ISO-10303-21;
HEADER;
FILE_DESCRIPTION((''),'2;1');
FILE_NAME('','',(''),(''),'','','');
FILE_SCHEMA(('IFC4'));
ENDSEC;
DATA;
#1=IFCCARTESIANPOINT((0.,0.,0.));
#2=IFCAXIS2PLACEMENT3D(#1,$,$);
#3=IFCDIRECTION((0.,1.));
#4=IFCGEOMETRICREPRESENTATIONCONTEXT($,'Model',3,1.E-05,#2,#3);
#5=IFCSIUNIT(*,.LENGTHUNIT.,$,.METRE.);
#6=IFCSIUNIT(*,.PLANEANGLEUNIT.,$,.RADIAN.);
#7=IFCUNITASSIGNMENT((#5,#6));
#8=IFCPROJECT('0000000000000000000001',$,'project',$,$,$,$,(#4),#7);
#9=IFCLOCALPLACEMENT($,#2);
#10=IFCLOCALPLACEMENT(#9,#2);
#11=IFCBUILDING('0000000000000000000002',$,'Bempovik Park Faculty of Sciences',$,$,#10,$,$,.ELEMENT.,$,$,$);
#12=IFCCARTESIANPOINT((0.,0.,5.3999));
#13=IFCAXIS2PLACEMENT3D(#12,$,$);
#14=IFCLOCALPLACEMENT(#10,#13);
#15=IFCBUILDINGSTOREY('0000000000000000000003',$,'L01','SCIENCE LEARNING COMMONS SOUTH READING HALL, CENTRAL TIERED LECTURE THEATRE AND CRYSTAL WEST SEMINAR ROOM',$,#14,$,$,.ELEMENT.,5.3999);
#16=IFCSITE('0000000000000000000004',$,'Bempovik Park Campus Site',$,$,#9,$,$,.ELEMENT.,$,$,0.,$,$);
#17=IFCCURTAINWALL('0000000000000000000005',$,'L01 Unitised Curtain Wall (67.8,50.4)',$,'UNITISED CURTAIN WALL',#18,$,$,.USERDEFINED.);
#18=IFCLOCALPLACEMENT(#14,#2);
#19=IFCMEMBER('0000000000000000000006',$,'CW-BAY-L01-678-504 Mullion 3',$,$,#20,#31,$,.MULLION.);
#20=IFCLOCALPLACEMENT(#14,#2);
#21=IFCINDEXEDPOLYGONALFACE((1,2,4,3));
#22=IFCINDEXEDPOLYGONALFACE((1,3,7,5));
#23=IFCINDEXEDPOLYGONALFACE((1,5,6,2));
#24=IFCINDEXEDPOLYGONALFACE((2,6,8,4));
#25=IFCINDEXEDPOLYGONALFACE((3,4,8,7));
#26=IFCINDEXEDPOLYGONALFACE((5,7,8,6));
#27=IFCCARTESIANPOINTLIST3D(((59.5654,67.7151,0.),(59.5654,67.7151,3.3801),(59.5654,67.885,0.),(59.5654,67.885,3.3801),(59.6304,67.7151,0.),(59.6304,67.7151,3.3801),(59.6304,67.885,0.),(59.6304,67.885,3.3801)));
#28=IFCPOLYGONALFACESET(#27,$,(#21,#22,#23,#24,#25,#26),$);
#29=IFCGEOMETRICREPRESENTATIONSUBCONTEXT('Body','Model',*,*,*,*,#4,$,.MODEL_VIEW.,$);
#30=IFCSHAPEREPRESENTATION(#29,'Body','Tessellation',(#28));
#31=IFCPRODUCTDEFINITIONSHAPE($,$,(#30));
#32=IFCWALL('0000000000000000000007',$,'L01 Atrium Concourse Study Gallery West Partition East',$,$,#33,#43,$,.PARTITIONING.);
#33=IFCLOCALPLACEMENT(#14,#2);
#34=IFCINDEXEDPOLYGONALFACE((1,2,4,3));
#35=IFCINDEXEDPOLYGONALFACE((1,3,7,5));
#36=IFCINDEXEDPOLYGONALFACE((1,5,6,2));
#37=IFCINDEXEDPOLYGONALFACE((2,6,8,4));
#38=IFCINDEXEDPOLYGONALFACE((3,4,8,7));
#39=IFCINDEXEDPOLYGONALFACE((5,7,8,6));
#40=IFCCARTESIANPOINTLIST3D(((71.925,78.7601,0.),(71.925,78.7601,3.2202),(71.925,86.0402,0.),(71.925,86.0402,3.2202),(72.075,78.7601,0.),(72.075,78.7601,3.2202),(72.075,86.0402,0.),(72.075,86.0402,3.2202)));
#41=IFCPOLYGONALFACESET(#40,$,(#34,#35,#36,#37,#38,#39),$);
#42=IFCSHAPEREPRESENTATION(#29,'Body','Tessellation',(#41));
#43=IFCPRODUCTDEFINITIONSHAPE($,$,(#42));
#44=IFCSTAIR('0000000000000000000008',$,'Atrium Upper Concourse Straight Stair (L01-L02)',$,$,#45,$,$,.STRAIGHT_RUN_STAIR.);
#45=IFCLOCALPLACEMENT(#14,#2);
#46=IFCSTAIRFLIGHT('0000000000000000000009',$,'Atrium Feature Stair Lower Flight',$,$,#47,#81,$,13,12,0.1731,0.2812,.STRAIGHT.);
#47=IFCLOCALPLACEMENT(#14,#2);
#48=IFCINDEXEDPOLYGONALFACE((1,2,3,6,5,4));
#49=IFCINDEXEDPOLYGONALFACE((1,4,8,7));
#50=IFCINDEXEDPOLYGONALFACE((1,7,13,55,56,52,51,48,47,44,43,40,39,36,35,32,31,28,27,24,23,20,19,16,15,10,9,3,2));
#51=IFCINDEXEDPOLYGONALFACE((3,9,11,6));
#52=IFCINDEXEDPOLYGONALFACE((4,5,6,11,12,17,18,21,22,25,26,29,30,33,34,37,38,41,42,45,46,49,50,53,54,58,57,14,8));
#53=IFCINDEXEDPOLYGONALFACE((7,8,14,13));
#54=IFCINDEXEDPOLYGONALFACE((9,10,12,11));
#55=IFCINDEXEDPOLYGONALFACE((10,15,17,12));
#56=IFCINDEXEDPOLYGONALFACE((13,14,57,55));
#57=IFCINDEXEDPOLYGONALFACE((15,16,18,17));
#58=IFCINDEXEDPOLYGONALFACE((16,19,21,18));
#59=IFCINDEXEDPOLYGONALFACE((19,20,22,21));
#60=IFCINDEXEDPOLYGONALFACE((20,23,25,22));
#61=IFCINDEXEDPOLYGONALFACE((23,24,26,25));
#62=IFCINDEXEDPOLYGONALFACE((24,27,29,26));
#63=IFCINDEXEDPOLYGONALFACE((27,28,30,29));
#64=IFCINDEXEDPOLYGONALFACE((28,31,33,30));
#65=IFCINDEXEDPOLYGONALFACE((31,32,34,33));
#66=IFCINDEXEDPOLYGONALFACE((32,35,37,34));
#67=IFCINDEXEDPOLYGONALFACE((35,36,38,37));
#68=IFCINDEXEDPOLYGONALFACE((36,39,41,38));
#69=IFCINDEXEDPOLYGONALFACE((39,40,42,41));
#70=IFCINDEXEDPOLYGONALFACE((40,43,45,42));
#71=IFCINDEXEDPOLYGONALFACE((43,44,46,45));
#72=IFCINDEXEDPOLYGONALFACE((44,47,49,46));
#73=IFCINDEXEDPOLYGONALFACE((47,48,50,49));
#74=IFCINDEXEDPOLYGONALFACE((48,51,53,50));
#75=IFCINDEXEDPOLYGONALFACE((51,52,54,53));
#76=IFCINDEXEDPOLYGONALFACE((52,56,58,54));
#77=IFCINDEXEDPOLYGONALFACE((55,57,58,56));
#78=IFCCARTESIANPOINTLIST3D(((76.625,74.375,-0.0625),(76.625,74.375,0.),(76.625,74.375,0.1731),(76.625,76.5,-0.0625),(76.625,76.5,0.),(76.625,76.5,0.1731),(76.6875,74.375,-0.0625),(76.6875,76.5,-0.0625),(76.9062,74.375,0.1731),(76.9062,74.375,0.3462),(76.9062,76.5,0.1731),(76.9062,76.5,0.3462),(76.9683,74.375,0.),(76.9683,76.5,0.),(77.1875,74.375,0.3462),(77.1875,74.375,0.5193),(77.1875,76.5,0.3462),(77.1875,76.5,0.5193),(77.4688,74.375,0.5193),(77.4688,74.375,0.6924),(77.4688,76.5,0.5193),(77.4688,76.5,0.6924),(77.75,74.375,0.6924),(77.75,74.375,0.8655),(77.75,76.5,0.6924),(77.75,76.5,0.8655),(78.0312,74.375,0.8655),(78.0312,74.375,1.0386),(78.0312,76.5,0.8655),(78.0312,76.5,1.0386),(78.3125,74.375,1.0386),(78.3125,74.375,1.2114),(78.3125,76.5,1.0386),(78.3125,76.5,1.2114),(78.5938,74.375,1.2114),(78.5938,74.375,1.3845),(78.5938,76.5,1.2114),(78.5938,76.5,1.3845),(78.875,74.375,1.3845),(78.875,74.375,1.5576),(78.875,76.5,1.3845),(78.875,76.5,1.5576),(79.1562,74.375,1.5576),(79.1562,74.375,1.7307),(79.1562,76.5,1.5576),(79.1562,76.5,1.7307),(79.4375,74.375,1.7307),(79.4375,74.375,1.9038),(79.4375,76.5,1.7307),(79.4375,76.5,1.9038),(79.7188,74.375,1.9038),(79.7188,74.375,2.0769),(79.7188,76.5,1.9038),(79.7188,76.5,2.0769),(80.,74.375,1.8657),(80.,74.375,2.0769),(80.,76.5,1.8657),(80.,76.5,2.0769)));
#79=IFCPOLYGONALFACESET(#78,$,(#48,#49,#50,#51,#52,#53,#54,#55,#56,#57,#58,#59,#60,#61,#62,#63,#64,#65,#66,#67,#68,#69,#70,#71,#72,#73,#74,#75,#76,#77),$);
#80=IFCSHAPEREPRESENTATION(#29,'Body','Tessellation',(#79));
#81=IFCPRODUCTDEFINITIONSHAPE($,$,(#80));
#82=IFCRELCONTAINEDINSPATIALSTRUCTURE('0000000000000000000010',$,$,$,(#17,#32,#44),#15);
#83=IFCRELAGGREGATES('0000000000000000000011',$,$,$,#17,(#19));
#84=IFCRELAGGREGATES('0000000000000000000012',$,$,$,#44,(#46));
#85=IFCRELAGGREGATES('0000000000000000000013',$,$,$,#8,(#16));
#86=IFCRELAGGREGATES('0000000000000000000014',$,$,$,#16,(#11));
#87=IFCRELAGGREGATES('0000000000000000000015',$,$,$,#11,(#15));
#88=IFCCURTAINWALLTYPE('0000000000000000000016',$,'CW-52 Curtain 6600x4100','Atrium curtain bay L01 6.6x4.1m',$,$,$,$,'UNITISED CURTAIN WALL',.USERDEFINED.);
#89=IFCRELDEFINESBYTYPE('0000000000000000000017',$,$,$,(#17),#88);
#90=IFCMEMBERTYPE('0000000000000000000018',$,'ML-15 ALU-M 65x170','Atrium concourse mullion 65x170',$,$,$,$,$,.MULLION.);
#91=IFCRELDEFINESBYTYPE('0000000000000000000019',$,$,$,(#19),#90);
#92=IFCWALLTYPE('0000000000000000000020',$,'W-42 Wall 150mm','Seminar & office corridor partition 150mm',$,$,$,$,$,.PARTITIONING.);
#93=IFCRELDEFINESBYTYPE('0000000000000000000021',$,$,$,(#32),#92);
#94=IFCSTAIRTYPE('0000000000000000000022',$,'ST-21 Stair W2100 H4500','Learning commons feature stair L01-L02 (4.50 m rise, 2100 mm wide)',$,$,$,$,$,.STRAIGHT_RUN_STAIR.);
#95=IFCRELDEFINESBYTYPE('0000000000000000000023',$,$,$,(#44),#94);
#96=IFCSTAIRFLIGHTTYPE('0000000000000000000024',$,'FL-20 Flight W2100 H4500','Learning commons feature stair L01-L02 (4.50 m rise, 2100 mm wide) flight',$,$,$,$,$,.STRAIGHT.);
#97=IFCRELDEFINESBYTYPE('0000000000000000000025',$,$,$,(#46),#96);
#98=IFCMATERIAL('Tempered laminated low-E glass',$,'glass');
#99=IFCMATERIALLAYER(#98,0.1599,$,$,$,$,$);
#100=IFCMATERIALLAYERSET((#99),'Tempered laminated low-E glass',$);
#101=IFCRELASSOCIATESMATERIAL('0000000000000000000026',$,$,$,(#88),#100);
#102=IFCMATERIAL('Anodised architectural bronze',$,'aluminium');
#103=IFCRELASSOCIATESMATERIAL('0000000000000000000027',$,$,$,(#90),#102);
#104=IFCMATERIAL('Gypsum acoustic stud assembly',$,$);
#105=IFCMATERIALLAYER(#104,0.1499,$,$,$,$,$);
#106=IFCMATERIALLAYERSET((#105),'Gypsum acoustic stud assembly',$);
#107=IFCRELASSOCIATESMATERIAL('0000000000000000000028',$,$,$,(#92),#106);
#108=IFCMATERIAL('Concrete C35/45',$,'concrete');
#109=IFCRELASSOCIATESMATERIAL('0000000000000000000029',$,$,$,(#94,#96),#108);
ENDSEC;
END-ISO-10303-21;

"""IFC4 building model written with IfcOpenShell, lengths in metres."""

from ifc_helpers import new_model, si_unit, direction, frame, frame_2d, origin, origin_2d, place, context, subcontext, project, spatial, polyline, rectangle, outline, extrude, material, layer, layer_set, material_profile, profile_set, type_object, element, aggregate, save


model = new_model("IFC4")

# Units and contexts
model_context = context("Model", 3, precision=1e-05, world=origin(), true_north=direction((0.0, 1.0)))
body_context = subcontext(model_context, "Body", "Model", "MODEL_VIEW")
ifc_project = project(units=[si_unit("LENGTHUNIT", "METRE"), si_unit("PLANEANGLEUNIT", "RADIAN")], contexts=[model_context])

# Site, building, storey
site_placement = place(None, origin())
site = spatial("IfcSite", under=ifc_project, at=site_placement, Name="Bempovik Park Campus Site", CompositionType="ELEMENT", RefElevation=0.0)
building_placement = place(site_placement, origin())
building = spatial("IfcBuilding", under=site, at=building_placement, Name="Bempovik Park Faculty of Sciences", CompositionType="ELEMENT")
storey_placement = place(building_placement, frame((0.0, 0.0, 5.3999)))
storey = spatial("IfcBuildingStorey", under=building, at=storey_placement, Name="L01", Description="SCIENCE LEARNING COMMONS SOUTH READING HALL, CENTRAL TIERED LECTURE THEATRE AND CRYSTAL WEST SEMINAR ROOM", CompositionType="ELEMENT", Elevation=5.3999)

# Shared definitions
ifc_material_1 = material(Name="Concrete C35/45", Category="concrete")

# Curtain wall, member
ifc_material_2 = material(Name="Tempered laminated low-E glass", Category="glass")
ifc_layer_1 = layer(ifc_material_2, 0.1599)
ifc_layer_set_1 = layer_set([ifc_layer_1], Name="Tempered laminated low-E glass")
curtain_wall_type = type_object("IfcCurtainWallType", Name="CW-52 Curtain 6600x4100", Description="Atrium curtain bay L01 6.6x4.1m", ElementType="UNITISED CURTAIN WALL", PredefinedType="USERDEFINED", material=ifc_layer_set_1)
curtain_wall_placement = place(storey_placement, origin())
curtain_wall = element("IfcCurtainWall", 1, at=curtain_wall_placement, inside=storey, type_object=curtain_wall_type, Name="L01 Unitised Curtain Wall (67.8,50.4)", ObjectType="UNITISED CURTAIN WALL", PredefinedType="USERDEFINED")
ifc_material_3 = material(Name="Anodised architectural bronze", Category="aluminium")
ifc_material_profile_1 = material_profile(ifc_material_3, rectangle(XDim=0.0649, YDim=0.1699, at=origin_2d()), Name="ALU-M 65x170")
ifc_profile_set_1 = profile_set([ifc_material_profile_1], Name="Anodised architectural bronze")
member_type = type_object("IfcMemberType", Name="ML-15 ALU-M 65x170", Description="Atrium concourse mullion 65x170", PredefinedType="MULLION", material=ifc_profile_set_1)
member_placement = place(storey_placement, frame((59.5979, 67.8, 0.0), z_axis=(0.0, 0.0, 1.0), x_axis=(1.0, 0.0, 0.0)))
member = element("IfcMember", 2, at=member_placement, type_object=member_type, Name="CW-BAY-L01-678-504 Mullion 3", PredefinedType="MULLION", context=body_context, shape_type="SweptSolid", body=[
    extrude(rectangle(XDim=0.0649, YDim=0.1699, at=origin_2d()), origin(), (0.0, 0.0, 1.0), 3.3801),
])
aggregate(curtain_wall, [member])

# Wall
ifc_material_4 = material(Name="Gypsum acoustic stud assembly")
ifc_layer_2 = layer(ifc_material_4, 0.1499)
ifc_layer_set_2 = layer_set([ifc_layer_2], Name="Gypsum acoustic stud assembly")
wall_type = type_object("IfcWallType", Name="W-42 Wall 150mm", Description="Seminar & office corridor partition 150mm", PredefinedType="PARTITIONING", material=ifc_layer_set_2)
wall_placement = place(storey_placement, frame((72.0, 78.76, 0.0), z_axis=(0.0, 0.0, 1.0), x_axis=(0.0, 1.0, 0.0)))
element("IfcWall", 3, at=wall_placement, inside=storey, type_object=wall_type, Name="L01 Atrium Concourse Study Gallery West Partition East", PredefinedType="PARTITIONING", context=body_context, shape_type="SweptSolid", body=[
    extrude(rectangle(XDim=7.28, YDim=0.1499, at=frame_2d((3.6401, 0.0))), origin(), (0.0, 0.0, 1.0), 3.2202),
])

# Stair, stair flight
stair_type = type_object("IfcStairType", Name="ST-21 Stair W2100 H4500", Description="Learning commons feature stair L01-L02 (4.50 m rise, 2100 mm wide)", PredefinedType="STRAIGHT_RUN_STAIR", material=ifc_material_1)
stair_placement = place(storey_placement, origin())
stair = element("IfcStair", 4, at=stair_placement, inside=storey, type_object=stair_type, Name="Atrium Upper Concourse Straight Stair (L01-L02)", PredefinedType="STRAIGHT_RUN_STAIR")
stair_flight_type = type_object("IfcStairFlightType", Name="FL-20 Flight W2100 H4500", Description="Learning commons feature stair L01-L02 (4.50 m rise, 2100 mm wide) flight", PredefinedType="STRAIGHT", material=ifc_material_1)
stair_flight_placement = place(storey_placement, frame((76.625, 75.4375, 0.0), z_axis=(0.0, 0.0, 1.0), x_axis=(1.0, 0.0, 0.0)))
stair_flight = element("IfcStairFlight", 5, at=stair_flight_placement, type_object=stair_flight_type, Name="Atrium Feature Stair Lower Flight", NumberOfRisers=13, NumberOfTreads=12, PredefinedType="STRAIGHT", RiserHeight=0.1731, TreadLength=0.2812, context=body_context, shape_type="SweptSolid", body=[
    extrude(outline(polyline([(0.0, 0.0), (0.0, 0.1731), (0.2812, 0.1731), (0.2812, 0.3462), (0.5625, 0.3462), (0.5625, 0.5193), (0.8438, 0.5193), (0.8438, 0.6924), (1.125, 0.6924), (1.125, 0.8655), (1.4062, 0.8655), (1.4062, 1.0386), (1.6875, 1.0386), (1.6875, 1.2114), (1.9688, 1.2114), (1.9688, 1.3845), (2.25, 1.3845), (2.25, 1.5576), (2.5312, 1.5576), (2.5312, 1.7307), (2.8125, 1.7307), (2.8125, 1.9038), (3.0938, 1.9038), (3.0938, 2.0769), (3.375, 2.0769), (3.375, 2.25), (3.375, 1.8657), (0.3433, 0.0), (0.0625, -0.0625), (0.0, -0.0625), (0.0, 0.0)])), frame((0.0, 1.0625, 0.0), z_axis=(0.0, -1.0, 0.0), x_axis=(1.0, 0.0, 0.0)), (0.0, 0.0, 1.0), 2.125),
])
aggregate(stair, [stair_flight])

save(model, "model.ifc")
